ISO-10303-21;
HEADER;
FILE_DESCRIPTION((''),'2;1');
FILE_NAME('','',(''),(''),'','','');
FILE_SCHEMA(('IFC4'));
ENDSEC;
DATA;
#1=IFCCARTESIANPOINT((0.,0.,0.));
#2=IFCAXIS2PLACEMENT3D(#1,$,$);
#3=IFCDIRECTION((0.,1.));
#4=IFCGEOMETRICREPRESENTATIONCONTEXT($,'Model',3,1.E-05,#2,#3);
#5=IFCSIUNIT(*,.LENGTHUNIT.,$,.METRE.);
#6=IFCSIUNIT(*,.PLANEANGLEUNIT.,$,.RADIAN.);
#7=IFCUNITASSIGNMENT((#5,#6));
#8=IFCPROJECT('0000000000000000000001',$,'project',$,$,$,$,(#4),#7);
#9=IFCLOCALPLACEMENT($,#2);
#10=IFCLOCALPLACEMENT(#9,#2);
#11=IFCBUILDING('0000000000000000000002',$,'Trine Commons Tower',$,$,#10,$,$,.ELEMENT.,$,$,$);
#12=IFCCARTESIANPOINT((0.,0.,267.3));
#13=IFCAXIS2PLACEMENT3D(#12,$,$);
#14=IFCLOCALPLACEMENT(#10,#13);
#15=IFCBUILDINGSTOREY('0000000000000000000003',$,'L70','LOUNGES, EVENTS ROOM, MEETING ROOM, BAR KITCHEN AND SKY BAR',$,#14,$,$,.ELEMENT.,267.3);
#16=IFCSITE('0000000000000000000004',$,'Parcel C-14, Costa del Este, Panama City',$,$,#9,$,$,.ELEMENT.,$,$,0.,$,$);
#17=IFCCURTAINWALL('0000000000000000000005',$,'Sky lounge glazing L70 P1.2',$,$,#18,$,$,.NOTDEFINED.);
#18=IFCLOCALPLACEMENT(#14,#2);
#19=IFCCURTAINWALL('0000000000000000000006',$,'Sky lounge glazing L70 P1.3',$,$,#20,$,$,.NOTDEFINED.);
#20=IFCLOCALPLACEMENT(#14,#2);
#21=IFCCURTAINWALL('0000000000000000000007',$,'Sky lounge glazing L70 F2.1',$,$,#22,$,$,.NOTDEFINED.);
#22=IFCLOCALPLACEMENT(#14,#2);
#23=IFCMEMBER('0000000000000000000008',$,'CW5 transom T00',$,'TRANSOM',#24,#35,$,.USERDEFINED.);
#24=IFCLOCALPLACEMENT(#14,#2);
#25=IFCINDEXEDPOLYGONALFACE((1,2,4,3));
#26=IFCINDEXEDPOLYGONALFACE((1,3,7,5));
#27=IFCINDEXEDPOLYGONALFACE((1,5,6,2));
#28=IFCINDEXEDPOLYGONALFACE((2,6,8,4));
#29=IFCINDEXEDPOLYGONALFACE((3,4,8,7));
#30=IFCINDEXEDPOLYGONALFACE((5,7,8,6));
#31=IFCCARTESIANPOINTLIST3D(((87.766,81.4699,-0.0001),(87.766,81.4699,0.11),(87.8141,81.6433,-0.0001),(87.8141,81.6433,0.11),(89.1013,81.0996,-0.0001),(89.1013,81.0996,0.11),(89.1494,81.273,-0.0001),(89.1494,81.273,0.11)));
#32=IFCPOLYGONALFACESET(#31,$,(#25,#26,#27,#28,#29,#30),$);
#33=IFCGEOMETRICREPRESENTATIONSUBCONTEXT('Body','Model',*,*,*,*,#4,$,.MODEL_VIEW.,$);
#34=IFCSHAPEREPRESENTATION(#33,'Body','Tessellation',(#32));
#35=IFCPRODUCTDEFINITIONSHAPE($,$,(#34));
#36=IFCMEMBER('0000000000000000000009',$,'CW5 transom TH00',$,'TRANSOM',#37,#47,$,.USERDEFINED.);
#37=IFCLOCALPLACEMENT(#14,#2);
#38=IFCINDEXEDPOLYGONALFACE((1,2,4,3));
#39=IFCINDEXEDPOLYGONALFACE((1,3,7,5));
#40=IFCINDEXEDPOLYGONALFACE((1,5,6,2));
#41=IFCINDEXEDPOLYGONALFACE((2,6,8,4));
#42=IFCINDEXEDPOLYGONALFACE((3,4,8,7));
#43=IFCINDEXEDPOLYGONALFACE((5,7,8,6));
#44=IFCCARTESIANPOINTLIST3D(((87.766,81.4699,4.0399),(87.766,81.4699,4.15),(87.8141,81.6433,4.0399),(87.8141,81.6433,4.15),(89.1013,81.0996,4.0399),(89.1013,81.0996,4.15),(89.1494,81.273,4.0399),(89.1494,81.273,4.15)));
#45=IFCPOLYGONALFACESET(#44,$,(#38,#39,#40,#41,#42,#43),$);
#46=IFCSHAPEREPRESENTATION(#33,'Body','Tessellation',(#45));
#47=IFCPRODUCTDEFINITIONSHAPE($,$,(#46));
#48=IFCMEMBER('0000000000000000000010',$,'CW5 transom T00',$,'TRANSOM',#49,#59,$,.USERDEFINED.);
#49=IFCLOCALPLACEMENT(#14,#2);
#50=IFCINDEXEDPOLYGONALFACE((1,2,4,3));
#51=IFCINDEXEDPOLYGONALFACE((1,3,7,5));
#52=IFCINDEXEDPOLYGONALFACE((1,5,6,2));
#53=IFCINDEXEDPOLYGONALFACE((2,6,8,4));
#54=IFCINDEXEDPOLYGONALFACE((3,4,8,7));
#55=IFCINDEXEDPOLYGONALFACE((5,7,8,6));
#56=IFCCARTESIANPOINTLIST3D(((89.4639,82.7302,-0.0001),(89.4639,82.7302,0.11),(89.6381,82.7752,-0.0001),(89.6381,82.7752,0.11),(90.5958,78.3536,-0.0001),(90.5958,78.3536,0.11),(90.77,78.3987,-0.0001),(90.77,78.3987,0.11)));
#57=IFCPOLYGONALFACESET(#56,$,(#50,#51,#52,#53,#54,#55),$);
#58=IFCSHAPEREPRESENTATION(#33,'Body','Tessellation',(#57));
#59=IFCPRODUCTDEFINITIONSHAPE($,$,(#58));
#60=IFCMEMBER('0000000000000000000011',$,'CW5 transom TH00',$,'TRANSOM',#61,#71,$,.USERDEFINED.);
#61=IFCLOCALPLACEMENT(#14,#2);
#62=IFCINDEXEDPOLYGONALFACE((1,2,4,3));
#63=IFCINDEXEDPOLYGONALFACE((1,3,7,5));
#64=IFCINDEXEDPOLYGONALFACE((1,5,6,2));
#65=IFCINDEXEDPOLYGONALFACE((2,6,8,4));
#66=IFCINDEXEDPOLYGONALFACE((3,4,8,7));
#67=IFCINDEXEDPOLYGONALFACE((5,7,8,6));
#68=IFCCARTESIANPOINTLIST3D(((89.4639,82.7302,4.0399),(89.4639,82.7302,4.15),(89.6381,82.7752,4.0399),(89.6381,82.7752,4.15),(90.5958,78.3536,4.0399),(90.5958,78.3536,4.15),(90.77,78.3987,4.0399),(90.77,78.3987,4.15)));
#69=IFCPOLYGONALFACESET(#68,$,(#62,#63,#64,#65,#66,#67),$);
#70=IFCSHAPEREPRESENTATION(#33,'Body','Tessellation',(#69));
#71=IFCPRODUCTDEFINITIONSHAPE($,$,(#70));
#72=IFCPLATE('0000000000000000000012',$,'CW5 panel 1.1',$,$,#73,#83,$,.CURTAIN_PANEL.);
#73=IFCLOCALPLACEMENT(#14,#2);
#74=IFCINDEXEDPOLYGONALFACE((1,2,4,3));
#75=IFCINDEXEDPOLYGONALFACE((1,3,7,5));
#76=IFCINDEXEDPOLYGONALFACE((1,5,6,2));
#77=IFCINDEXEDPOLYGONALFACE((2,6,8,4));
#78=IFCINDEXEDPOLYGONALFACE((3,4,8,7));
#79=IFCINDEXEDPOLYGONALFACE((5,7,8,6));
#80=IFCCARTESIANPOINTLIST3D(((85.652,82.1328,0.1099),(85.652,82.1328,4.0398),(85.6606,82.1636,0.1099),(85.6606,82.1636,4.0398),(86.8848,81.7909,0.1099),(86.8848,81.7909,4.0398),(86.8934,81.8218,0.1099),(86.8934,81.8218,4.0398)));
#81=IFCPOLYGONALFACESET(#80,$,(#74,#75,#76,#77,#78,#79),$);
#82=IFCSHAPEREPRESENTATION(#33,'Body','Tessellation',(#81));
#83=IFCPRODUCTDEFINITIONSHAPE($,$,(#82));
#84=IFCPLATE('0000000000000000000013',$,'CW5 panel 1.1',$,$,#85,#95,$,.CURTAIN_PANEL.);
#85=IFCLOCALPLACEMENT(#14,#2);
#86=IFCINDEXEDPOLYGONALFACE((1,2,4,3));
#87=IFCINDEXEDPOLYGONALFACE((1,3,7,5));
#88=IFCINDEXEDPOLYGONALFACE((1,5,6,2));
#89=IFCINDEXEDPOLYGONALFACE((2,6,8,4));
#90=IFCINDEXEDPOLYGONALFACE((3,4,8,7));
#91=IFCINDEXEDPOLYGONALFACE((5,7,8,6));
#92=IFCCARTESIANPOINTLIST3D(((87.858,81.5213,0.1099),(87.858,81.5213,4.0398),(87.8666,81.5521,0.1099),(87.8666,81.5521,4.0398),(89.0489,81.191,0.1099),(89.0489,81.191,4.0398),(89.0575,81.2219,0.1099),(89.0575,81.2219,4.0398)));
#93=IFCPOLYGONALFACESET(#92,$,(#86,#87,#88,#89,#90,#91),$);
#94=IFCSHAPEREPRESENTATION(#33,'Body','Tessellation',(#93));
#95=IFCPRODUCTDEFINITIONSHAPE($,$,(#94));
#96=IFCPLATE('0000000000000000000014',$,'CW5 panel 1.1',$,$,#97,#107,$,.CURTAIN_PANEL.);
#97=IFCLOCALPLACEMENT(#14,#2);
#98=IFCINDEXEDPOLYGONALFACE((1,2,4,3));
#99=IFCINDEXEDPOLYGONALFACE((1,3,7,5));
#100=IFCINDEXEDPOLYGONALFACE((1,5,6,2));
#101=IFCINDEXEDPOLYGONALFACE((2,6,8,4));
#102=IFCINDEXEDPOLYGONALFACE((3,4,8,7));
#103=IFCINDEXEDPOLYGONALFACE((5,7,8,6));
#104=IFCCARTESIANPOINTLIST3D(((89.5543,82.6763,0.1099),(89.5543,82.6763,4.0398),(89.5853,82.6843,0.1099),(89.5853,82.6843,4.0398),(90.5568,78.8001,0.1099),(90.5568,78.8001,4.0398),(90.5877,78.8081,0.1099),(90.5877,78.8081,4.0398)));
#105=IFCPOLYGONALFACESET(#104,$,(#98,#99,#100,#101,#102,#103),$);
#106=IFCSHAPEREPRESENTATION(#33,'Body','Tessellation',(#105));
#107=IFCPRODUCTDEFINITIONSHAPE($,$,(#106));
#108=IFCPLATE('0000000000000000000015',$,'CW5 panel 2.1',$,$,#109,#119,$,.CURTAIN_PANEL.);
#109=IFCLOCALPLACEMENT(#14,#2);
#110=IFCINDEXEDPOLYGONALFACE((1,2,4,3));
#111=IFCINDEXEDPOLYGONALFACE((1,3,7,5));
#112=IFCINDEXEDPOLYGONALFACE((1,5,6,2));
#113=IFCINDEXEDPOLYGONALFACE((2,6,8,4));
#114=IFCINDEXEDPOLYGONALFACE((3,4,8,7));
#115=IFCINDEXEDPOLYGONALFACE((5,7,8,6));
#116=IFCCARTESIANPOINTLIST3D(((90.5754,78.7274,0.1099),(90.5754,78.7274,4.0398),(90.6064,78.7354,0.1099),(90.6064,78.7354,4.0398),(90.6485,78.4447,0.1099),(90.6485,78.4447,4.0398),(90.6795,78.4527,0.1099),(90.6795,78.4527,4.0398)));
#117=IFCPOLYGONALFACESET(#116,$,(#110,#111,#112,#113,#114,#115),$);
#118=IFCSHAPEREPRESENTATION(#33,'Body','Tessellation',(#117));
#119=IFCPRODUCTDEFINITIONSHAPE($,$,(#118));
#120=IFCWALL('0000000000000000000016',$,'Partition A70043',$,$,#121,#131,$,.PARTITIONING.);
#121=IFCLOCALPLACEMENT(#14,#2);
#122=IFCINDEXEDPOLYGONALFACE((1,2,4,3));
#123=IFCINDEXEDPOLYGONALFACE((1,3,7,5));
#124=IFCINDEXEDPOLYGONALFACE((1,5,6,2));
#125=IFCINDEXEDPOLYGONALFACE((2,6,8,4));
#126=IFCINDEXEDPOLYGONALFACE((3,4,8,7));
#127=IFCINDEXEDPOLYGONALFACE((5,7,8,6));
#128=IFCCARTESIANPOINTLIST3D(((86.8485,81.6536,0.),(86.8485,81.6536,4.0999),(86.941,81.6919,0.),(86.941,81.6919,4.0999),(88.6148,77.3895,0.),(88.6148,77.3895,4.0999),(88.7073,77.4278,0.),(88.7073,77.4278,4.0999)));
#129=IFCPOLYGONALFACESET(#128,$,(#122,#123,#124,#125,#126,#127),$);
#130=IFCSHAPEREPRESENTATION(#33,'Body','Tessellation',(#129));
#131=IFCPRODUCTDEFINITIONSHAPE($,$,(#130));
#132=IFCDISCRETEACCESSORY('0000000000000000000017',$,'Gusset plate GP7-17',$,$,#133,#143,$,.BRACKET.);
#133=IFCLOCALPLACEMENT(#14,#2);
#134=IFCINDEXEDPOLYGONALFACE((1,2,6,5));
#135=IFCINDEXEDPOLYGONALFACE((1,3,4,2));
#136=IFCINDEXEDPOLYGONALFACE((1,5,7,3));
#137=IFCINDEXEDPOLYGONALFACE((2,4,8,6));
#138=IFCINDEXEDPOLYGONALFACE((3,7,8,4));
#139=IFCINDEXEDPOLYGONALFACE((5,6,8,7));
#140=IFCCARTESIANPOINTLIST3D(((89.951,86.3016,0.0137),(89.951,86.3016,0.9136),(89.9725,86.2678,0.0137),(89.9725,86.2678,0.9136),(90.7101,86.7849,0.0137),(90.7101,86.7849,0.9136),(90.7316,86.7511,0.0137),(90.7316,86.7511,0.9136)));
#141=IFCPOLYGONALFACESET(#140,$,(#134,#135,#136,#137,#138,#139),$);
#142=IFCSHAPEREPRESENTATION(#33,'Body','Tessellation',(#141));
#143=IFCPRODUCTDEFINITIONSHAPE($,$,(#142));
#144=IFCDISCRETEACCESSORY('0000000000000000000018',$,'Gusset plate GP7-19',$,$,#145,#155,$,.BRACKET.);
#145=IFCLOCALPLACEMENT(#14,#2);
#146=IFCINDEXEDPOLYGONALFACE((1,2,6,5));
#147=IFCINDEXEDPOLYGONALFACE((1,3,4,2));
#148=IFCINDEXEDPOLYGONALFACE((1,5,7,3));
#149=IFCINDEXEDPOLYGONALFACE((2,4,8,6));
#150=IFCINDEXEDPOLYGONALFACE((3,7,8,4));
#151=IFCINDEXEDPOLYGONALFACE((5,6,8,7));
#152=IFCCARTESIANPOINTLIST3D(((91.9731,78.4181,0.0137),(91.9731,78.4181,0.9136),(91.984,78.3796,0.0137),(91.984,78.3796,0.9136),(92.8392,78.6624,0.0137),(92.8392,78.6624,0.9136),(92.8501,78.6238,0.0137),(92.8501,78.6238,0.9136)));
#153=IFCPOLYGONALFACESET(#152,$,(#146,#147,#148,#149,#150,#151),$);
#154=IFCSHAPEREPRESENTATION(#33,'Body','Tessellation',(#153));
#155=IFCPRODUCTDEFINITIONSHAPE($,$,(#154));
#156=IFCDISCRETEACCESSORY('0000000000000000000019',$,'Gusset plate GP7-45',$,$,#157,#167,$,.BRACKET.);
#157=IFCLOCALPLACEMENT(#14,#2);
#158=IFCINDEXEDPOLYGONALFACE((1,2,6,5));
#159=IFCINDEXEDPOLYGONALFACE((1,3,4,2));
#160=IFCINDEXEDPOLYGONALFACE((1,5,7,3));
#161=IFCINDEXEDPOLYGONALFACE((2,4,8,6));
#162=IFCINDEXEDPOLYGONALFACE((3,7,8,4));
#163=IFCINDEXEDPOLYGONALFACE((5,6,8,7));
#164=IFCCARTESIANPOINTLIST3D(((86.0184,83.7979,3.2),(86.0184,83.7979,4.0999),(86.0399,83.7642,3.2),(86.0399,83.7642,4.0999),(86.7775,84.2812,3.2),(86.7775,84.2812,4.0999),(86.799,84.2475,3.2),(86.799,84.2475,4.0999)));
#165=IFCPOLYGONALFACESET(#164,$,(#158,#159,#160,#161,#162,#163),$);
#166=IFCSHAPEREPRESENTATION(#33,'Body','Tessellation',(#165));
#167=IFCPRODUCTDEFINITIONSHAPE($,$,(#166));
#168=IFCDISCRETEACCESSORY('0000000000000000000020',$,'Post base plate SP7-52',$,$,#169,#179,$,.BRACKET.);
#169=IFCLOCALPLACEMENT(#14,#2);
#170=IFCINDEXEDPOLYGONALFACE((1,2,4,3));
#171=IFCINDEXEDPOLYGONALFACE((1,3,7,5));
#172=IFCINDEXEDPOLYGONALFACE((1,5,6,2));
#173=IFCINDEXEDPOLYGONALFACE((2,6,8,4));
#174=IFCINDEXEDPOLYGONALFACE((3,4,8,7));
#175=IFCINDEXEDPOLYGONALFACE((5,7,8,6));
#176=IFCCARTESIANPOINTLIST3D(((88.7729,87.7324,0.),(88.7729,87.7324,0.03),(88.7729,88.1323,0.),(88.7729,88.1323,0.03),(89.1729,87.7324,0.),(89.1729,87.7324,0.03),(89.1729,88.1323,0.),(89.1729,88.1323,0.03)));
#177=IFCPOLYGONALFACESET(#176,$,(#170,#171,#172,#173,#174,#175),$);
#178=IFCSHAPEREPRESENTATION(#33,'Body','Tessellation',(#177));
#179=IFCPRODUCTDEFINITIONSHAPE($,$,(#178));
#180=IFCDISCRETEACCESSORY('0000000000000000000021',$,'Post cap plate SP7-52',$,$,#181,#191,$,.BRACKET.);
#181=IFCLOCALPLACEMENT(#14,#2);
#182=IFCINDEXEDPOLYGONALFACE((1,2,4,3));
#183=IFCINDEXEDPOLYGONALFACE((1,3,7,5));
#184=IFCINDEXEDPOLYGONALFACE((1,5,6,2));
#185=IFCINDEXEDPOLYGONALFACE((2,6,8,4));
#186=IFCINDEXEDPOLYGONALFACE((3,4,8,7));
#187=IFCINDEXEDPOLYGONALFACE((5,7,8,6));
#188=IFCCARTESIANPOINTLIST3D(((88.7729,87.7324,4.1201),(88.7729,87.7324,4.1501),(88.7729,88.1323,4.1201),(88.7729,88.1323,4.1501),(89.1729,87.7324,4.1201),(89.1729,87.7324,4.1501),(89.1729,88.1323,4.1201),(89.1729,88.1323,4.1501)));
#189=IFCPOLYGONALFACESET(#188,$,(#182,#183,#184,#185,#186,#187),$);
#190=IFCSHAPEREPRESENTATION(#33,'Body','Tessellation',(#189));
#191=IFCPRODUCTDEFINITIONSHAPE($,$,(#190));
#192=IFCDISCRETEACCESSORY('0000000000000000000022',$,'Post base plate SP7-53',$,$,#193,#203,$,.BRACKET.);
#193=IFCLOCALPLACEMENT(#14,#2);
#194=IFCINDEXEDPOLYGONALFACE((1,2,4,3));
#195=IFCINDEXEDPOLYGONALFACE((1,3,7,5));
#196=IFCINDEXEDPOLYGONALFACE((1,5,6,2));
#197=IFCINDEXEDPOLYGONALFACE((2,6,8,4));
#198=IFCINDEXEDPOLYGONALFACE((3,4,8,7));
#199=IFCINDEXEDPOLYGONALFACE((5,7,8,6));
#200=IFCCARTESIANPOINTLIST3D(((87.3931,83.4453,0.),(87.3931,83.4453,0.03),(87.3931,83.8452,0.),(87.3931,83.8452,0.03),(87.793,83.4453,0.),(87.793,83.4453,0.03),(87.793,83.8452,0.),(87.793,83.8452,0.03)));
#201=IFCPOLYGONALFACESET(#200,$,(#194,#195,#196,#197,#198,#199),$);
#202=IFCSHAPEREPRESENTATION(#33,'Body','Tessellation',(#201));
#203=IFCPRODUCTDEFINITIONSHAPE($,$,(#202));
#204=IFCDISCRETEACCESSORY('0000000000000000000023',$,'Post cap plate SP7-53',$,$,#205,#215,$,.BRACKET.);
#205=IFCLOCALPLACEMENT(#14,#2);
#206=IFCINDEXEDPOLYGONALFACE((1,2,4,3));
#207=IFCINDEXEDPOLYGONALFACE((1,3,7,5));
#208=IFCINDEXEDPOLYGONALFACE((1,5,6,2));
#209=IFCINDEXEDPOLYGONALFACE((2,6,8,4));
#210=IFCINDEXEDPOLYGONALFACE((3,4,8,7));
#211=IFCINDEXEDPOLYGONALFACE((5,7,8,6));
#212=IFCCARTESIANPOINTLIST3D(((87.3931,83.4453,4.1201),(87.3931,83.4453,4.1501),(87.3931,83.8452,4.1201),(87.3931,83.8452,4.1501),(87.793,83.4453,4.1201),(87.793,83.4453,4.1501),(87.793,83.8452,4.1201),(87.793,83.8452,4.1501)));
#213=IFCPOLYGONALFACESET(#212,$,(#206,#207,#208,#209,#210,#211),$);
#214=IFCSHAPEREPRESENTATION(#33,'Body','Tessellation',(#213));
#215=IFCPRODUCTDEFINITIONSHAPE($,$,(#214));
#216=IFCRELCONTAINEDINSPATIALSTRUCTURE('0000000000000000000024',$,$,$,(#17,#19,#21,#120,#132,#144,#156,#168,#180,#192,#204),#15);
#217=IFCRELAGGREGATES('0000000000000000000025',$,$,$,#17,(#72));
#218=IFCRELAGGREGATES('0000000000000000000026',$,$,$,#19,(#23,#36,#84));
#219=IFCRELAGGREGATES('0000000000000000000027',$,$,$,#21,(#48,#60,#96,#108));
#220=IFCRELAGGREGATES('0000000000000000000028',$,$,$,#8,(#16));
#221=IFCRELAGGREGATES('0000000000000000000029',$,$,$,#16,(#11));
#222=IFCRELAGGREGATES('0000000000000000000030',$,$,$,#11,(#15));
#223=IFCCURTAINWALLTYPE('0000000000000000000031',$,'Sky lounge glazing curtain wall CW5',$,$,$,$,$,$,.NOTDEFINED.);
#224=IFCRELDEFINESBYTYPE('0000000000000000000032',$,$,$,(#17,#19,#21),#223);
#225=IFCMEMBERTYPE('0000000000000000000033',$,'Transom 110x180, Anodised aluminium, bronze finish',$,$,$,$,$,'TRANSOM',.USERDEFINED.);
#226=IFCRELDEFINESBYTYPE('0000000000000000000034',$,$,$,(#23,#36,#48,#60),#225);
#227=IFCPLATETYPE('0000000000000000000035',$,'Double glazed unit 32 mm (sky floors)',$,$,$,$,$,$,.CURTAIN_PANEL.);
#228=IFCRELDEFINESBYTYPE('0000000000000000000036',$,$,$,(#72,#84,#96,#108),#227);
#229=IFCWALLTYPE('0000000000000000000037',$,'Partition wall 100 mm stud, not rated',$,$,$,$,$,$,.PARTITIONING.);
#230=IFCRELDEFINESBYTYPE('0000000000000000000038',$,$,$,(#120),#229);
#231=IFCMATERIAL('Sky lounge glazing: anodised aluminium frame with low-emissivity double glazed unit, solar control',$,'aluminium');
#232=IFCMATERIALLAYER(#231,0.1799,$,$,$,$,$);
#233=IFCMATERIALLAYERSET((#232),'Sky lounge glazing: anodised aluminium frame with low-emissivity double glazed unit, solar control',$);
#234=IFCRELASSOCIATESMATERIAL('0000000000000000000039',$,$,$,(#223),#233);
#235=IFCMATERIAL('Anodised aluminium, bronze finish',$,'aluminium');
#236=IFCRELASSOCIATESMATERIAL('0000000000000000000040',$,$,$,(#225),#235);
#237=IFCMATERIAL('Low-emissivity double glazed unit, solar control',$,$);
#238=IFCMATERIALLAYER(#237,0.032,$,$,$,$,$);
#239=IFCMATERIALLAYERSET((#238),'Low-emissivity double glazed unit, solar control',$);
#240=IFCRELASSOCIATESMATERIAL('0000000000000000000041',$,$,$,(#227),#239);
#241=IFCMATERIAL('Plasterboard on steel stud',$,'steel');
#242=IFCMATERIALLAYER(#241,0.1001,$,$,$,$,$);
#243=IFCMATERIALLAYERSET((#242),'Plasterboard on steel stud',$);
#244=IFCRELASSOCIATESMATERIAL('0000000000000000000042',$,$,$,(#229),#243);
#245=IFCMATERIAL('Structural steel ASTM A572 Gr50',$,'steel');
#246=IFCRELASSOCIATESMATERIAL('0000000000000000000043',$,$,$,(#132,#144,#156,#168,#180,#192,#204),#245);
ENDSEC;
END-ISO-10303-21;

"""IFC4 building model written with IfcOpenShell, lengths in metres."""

from ifc_helpers import new_model, si_unit, direction, frame, frame_2d, origin, origin_2d, place, context, subcontext, project, spatial, rectangle, extrude, material, layer, layer_set, material_profile, profile_set, type_object, element, aggregate, save


model = new_model("IFC4")

# Units and contexts
model_context = context("Model", 3, precision=1e-05, world=origin(), true_north=direction((0.0, 1.0)))
body_context = subcontext(model_context, "Body", "Model", "MODEL_VIEW")
ifc_project = project(units=[si_unit("LENGTHUNIT", "METRE"), si_unit("PLANEANGLEUNIT", "RADIAN")], contexts=[model_context])

# Site, building, storey
site_placement = place(None, origin())
site = spatial("IfcSite", under=ifc_project, at=site_placement, Name="Parcel C-14, Costa del Este, Panama City", CompositionType="ELEMENT", RefElevation=0.0)
building_placement = place(site_placement, origin())
building = spatial("IfcBuilding", under=site, at=building_placement, Name="Trine Commons Tower", CompositionType="ELEMENT")
storey_placement = place(building_placement, frame((0.0, 0.0, 267.3)))
storey = spatial("IfcBuildingStorey", under=building, at=storey_placement, Name="L70", Description="LOUNGES, EVENTS ROOM, MEETING ROOM, BAR KITCHEN AND SKY BAR", CompositionType="ELEMENT", Elevation=267.3)

# Curtain wall
ifc_material_1 = material(Name="Sky lounge glazing: anodised aluminium frame with low-emissivity double glazed unit, solar control", Category="aluminium")
ifc_layer_1 = layer(ifc_material_1, 0.1799)
ifc_layer_set_1 = layer_set([ifc_layer_1], Name="Sky lounge glazing: anodised aluminium frame with low-emissivity double glazed unit, solar control")
curtain_wall_type = type_object("IfcCurtainWallType", Name="Sky lounge glazing curtain wall CW5", PredefinedType="NOTDEFINED", material=ifc_layer_set_1)
curtain_wall_1_placement = place(storey_placement, origin())
curtain_wall_1 = element("IfcCurtainWall", 1, at=curtain_wall_1_placement, inside=storey, type_object=curtain_wall_type, Name="Sky lounge glazing L70 P1.2", PredefinedType="NOTDEFINED")
ifc_material_2 = material(Name="Anodised aluminium, bronze finish", Category="aluminium")

# Curtain walls
curtain_wall_2_placement = place(storey_placement, origin())
curtain_wall_2 = element("IfcCurtainWall", 2, at=curtain_wall_2_placement, inside=storey, type_object=curtain_wall_type, Name="Sky lounge glazing L70 P1.3", PredefinedType="NOTDEFINED")
curtain_wall_3_placement = place(storey_placement, origin())
curtain_wall_3 = element("IfcCurtainWall", 3, at=curtain_wall_3_placement, inside=storey, type_object=curtain_wall_type, Name="Sky lounge glazing L70 F2.1", PredefinedType="NOTDEFINED")

# Members
ifc_material_profile_1 = material_profile(ifc_material_2, rectangle(XDim=0.1799, YDim=0.1101, at=origin_2d()), Name="Transom 110x180")
ifc_profile_set_1 = profile_set([ifc_material_profile_1], Name="Anodised aluminium, bronze finish")
member_type_1 = type_object("IfcMemberType", Name="Transom 110x180, Anodised aluminium, bronze finish", ElementType="TRANSOM", PredefinedType="USERDEFINED", material=ifc_profile_set_1)
member_1_placement = place(storey_placement, frame((87.79, 81.5566, 0.0549), z_axis=(0.963629, -0.267244, 0.0), x_axis=(0.267244, 0.963629, 0.0)))
member_1 = element("IfcMember", 4, at=member_1_placement, type_object=member_type_1, Name="CW5 transom T00", ObjectType="TRANSOM", PredefinedType="USERDEFINED", context=body_context, shape_type="SweptSolid", body=[
    extrude(rectangle(XDim=0.1799, YDim=0.1101, at=origin_2d()), origin(), (0.0, 0.0, 1.0), 1.3857),
])
member_2_placement = place(storey_placement, frame((87.79, 81.5566, 4.095), z_axis=(0.963629, -0.267244, 0.0), x_axis=(0.267244, 0.963629, 0.0)))
member_2 = element("IfcMember", 5, at=member_2_placement, type_object=member_type_1, Name="CW5 transom TH00", ObjectType="TRANSOM", PredefinedType="USERDEFINED", context=body_context, shape_type="SweptSolid", body=[
    extrude(rectangle(XDim=0.1799, YDim=0.1101, at=origin_2d()), origin(), (0.0, 0.0, 1.0), 1.3857),
])
member_3_placement = place(storey_placement, frame((89.551, 82.7527, 0.0549), z_axis=(0.250381, -0.968147, 0.0), x_axis=(0.968147, 0.250381, 0.0)))
member_3 = element("IfcMember", 6, at=member_3_placement, type_object=member_type_1, Name="CW5 transom T00", ObjectType="TRANSOM", PredefinedType="USERDEFINED", context=body_context, shape_type="SweptSolid", body=[
    extrude(rectangle(XDim=0.1799, YDim=0.1101, at=origin_2d()), origin(), (0.0, 0.0, 1.0), 4.5205),
])
member_4_placement = place(storey_placement, frame((89.551, 82.7527, 4.095), z_axis=(0.250381, -0.968147, 0.0), x_axis=(0.968147, 0.250381, 0.0)))
member_4 = element("IfcMember", 7, at=member_4_placement, type_object=member_type_1, Name="CW5 transom TH00", ObjectType="TRANSOM", PredefinedType="USERDEFINED", context=body_context, shape_type="SweptSolid", body=[
    extrude(rectangle(XDim=0.1799, YDim=0.1101, at=origin_2d()), origin(), (0.0, 0.0, 1.0), 4.5205),
])

# Plates
ifc_material_3 = material(Name="Low-emissivity double glazed unit, solar control")
ifc_layer_2 = layer(ifc_material_3, 0.032)
ifc_layer_set_2 = layer_set([ifc_layer_2], Name="Low-emissivity double glazed unit, solar control")
plate_type = type_object("IfcPlateType", Name="Double glazed unit 32 mm (sky floors)", PredefinedType="CURTAIN_PANEL", material=ifc_layer_set_2)
plate_1_placement = place(storey_placement, frame((86.2727, 81.9773, 0.1099), z_axis=(0.0, 0.0, 1.0), x_axis=(0.96363, -0.267238, 0.0)))
plate_1 = element("IfcPlate", 8, at=plate_1_placement, type_object=plate_type, Name="CW5 panel 1.1", PredefinedType="CURTAIN_PANEL", context=body_context, shape_type="SweptSolid", body=[
    extrude(rectangle(XDim=1.2793, YDim=0.032, at=origin_2d()), origin(), (0.0, 0.0, 1.0), 3.9299),
])
aggregate(curtain_wall_1, [plate_1])
plate_2_placement = place(storey_placement, frame((88.4578, 81.3716, 0.1099), z_axis=(0.0, 0.0, 1.0), x_axis=(0.96363, -0.267238, 0.0)))
plate_2 = element("IfcPlate", 9, at=plate_2_placement, type_object=plate_type, Name="CW5 panel 1.1", PredefinedType="CURTAIN_PANEL", context=body_context, shape_type="SweptSolid", body=[
    extrude(rectangle(XDim=1.2358, YDim=0.032, at=origin_2d()), origin(), (0.0, 0.0, 1.0), 3.9299),
])
aggregate(curtain_wall_2, [member_1, member_2, plate_2])
plate_3_placement = place(storey_placement, frame((90.071, 80.7422, 0.1099), z_axis=(0.0, 0.0, 1.0), x_axis=(0.25038, -0.968148, 0.0)))
plate_3 = element("IfcPlate", 10, at=plate_3_placement, type_object=plate_type, Name="CW5 panel 1.1", PredefinedType="CURTAIN_PANEL", context=body_context, shape_type="SweptSolid", body=[
    extrude(rectangle(XDim=4.0037, YDim=0.032, at=origin_2d()), origin(), (0.0, 0.0, 1.0), 3.9299),
])
plate_4_placement = place(storey_placement, frame((90.6274, 78.5901, 0.1099), z_axis=(0.0, 0.0, 1.0), x_axis=(0.25038, -0.968148, 0.0)))
plate_4 = element("IfcPlate", 11, at=plate_4_placement, type_object=plate_type, Name="CW5 panel 2.1", PredefinedType="CURTAIN_PANEL", context=body_context, shape_type="SweptSolid", body=[
    extrude(rectangle(XDim=0.292, YDim=0.032, at=origin_2d()), origin(), (0.0, 0.0, 1.0), 3.9299),
])
aggregate(curtain_wall_3, [member_3, member_4, plate_3, plate_4])

# Wall
ifc_material_4 = material(Name="Plasterboard on steel stud", Category="steel")
ifc_layer_3 = layer(ifc_material_4, 0.1001)
ifc_layer_set_3 = layer_set([ifc_layer_3], Name="Plasterboard on steel stud")
wall_type_1 = type_object("IfcWallType", Name="Partition wall 100 mm stud, not rated", PredefinedType="PARTITIONING", material=ifc_layer_set_3)
wall_1_placement = place(storey_placement, frame((86.8948, 81.6726, 0.0), z_axis=(0.0, 0.0, 1.0), x_axis=(0.382699, -0.923873, 0.0)))
element("IfcWall", 12, at=wall_1_placement, inside=storey, type_object=wall_type_1, Name="Partition A70043", PredefinedType="PARTITIONING", context=body_context, shape_type="SweptSolid", body=[
    extrude(rectangle(XDim=4.6155, YDim=0.1001, at=frame_2d((2.3076, 0.0))), origin(), (0.0, 0.0, 1.0), 4.0999),
])

# Discrete accessories
ifc_material_5 = material(Name="Structural steel ASTM A572 Gr50", Category="steel")
for number, where, z_axis, x_axis, name in (
    (13, (90.3413, 86.5264, 0.0137), (0.0, 0.0, 1.0), (-0.843551, -0.537049, 0.0), "Gusset plate GP7-17"),
    (14, (92.4116, 78.521, 0.0137), (0.0, 0.0, 1.0), (-0.962465, -0.271407, 0.0), "Gusset plate GP7-19"),
    (15, (86.4087, 84.0227, 3.2), (0.0, 0.0, 1.0), (-0.843551, -0.537049, 0.0), "Gusset plate GP7-45"),
):
    element("IfcDiscreteAccessory", number, at=place(storey_placement, frame(where, z_axis=z_axis, x_axis=x_axis)), inside=storey, material=ifc_material_5, Name=name, PredefinedType="BRACKET", context=body_context, shape_type="SweptSolid", body=[
        extrude(rectangle(XDim=0.8999, YDim=0.04, at=origin_2d()), origin(), (0.0, 0.0, 1.0), 0.8999),
    ])
for number, where, z_axis, x_axis, name in (
    (16, (88.9729, 87.9324, 0.0), (0.0, 0.0, 1.0), (1.0, 0.0, 0.0), "Post base plate SP7-52"),
    (17, (88.9729, 87.9324, 4.1201), (0.0, 0.0, 1.0), (1.0, 0.0, 0.0), "Post cap plate SP7-52"),
    (18, (87.593, 83.6453, 0.0), (0.0, 0.0, 1.0), (1.0, 0.0, 0.0), "Post base plate SP7-53"),
    (19, (87.593, 83.6453, 4.1201), (0.0, 0.0, 1.0), (1.0, 0.0, 0.0), "Post cap plate SP7-53"),
):
    element("IfcDiscreteAccessory", number, at=place(storey_placement, frame(where, z_axis=z_axis, x_axis=x_axis)), inside=storey, material=ifc_material_5, Name=name, PredefinedType="BRACKET", context=body_context, shape_type="SweptSolid", body=[
        extrude(rectangle(XDim=0.3999, YDim=0.3999, at=origin_2d()), origin(), (0.0, 0.0, 1.0), 0.03),
    ])

save(model, "model.ifc")
